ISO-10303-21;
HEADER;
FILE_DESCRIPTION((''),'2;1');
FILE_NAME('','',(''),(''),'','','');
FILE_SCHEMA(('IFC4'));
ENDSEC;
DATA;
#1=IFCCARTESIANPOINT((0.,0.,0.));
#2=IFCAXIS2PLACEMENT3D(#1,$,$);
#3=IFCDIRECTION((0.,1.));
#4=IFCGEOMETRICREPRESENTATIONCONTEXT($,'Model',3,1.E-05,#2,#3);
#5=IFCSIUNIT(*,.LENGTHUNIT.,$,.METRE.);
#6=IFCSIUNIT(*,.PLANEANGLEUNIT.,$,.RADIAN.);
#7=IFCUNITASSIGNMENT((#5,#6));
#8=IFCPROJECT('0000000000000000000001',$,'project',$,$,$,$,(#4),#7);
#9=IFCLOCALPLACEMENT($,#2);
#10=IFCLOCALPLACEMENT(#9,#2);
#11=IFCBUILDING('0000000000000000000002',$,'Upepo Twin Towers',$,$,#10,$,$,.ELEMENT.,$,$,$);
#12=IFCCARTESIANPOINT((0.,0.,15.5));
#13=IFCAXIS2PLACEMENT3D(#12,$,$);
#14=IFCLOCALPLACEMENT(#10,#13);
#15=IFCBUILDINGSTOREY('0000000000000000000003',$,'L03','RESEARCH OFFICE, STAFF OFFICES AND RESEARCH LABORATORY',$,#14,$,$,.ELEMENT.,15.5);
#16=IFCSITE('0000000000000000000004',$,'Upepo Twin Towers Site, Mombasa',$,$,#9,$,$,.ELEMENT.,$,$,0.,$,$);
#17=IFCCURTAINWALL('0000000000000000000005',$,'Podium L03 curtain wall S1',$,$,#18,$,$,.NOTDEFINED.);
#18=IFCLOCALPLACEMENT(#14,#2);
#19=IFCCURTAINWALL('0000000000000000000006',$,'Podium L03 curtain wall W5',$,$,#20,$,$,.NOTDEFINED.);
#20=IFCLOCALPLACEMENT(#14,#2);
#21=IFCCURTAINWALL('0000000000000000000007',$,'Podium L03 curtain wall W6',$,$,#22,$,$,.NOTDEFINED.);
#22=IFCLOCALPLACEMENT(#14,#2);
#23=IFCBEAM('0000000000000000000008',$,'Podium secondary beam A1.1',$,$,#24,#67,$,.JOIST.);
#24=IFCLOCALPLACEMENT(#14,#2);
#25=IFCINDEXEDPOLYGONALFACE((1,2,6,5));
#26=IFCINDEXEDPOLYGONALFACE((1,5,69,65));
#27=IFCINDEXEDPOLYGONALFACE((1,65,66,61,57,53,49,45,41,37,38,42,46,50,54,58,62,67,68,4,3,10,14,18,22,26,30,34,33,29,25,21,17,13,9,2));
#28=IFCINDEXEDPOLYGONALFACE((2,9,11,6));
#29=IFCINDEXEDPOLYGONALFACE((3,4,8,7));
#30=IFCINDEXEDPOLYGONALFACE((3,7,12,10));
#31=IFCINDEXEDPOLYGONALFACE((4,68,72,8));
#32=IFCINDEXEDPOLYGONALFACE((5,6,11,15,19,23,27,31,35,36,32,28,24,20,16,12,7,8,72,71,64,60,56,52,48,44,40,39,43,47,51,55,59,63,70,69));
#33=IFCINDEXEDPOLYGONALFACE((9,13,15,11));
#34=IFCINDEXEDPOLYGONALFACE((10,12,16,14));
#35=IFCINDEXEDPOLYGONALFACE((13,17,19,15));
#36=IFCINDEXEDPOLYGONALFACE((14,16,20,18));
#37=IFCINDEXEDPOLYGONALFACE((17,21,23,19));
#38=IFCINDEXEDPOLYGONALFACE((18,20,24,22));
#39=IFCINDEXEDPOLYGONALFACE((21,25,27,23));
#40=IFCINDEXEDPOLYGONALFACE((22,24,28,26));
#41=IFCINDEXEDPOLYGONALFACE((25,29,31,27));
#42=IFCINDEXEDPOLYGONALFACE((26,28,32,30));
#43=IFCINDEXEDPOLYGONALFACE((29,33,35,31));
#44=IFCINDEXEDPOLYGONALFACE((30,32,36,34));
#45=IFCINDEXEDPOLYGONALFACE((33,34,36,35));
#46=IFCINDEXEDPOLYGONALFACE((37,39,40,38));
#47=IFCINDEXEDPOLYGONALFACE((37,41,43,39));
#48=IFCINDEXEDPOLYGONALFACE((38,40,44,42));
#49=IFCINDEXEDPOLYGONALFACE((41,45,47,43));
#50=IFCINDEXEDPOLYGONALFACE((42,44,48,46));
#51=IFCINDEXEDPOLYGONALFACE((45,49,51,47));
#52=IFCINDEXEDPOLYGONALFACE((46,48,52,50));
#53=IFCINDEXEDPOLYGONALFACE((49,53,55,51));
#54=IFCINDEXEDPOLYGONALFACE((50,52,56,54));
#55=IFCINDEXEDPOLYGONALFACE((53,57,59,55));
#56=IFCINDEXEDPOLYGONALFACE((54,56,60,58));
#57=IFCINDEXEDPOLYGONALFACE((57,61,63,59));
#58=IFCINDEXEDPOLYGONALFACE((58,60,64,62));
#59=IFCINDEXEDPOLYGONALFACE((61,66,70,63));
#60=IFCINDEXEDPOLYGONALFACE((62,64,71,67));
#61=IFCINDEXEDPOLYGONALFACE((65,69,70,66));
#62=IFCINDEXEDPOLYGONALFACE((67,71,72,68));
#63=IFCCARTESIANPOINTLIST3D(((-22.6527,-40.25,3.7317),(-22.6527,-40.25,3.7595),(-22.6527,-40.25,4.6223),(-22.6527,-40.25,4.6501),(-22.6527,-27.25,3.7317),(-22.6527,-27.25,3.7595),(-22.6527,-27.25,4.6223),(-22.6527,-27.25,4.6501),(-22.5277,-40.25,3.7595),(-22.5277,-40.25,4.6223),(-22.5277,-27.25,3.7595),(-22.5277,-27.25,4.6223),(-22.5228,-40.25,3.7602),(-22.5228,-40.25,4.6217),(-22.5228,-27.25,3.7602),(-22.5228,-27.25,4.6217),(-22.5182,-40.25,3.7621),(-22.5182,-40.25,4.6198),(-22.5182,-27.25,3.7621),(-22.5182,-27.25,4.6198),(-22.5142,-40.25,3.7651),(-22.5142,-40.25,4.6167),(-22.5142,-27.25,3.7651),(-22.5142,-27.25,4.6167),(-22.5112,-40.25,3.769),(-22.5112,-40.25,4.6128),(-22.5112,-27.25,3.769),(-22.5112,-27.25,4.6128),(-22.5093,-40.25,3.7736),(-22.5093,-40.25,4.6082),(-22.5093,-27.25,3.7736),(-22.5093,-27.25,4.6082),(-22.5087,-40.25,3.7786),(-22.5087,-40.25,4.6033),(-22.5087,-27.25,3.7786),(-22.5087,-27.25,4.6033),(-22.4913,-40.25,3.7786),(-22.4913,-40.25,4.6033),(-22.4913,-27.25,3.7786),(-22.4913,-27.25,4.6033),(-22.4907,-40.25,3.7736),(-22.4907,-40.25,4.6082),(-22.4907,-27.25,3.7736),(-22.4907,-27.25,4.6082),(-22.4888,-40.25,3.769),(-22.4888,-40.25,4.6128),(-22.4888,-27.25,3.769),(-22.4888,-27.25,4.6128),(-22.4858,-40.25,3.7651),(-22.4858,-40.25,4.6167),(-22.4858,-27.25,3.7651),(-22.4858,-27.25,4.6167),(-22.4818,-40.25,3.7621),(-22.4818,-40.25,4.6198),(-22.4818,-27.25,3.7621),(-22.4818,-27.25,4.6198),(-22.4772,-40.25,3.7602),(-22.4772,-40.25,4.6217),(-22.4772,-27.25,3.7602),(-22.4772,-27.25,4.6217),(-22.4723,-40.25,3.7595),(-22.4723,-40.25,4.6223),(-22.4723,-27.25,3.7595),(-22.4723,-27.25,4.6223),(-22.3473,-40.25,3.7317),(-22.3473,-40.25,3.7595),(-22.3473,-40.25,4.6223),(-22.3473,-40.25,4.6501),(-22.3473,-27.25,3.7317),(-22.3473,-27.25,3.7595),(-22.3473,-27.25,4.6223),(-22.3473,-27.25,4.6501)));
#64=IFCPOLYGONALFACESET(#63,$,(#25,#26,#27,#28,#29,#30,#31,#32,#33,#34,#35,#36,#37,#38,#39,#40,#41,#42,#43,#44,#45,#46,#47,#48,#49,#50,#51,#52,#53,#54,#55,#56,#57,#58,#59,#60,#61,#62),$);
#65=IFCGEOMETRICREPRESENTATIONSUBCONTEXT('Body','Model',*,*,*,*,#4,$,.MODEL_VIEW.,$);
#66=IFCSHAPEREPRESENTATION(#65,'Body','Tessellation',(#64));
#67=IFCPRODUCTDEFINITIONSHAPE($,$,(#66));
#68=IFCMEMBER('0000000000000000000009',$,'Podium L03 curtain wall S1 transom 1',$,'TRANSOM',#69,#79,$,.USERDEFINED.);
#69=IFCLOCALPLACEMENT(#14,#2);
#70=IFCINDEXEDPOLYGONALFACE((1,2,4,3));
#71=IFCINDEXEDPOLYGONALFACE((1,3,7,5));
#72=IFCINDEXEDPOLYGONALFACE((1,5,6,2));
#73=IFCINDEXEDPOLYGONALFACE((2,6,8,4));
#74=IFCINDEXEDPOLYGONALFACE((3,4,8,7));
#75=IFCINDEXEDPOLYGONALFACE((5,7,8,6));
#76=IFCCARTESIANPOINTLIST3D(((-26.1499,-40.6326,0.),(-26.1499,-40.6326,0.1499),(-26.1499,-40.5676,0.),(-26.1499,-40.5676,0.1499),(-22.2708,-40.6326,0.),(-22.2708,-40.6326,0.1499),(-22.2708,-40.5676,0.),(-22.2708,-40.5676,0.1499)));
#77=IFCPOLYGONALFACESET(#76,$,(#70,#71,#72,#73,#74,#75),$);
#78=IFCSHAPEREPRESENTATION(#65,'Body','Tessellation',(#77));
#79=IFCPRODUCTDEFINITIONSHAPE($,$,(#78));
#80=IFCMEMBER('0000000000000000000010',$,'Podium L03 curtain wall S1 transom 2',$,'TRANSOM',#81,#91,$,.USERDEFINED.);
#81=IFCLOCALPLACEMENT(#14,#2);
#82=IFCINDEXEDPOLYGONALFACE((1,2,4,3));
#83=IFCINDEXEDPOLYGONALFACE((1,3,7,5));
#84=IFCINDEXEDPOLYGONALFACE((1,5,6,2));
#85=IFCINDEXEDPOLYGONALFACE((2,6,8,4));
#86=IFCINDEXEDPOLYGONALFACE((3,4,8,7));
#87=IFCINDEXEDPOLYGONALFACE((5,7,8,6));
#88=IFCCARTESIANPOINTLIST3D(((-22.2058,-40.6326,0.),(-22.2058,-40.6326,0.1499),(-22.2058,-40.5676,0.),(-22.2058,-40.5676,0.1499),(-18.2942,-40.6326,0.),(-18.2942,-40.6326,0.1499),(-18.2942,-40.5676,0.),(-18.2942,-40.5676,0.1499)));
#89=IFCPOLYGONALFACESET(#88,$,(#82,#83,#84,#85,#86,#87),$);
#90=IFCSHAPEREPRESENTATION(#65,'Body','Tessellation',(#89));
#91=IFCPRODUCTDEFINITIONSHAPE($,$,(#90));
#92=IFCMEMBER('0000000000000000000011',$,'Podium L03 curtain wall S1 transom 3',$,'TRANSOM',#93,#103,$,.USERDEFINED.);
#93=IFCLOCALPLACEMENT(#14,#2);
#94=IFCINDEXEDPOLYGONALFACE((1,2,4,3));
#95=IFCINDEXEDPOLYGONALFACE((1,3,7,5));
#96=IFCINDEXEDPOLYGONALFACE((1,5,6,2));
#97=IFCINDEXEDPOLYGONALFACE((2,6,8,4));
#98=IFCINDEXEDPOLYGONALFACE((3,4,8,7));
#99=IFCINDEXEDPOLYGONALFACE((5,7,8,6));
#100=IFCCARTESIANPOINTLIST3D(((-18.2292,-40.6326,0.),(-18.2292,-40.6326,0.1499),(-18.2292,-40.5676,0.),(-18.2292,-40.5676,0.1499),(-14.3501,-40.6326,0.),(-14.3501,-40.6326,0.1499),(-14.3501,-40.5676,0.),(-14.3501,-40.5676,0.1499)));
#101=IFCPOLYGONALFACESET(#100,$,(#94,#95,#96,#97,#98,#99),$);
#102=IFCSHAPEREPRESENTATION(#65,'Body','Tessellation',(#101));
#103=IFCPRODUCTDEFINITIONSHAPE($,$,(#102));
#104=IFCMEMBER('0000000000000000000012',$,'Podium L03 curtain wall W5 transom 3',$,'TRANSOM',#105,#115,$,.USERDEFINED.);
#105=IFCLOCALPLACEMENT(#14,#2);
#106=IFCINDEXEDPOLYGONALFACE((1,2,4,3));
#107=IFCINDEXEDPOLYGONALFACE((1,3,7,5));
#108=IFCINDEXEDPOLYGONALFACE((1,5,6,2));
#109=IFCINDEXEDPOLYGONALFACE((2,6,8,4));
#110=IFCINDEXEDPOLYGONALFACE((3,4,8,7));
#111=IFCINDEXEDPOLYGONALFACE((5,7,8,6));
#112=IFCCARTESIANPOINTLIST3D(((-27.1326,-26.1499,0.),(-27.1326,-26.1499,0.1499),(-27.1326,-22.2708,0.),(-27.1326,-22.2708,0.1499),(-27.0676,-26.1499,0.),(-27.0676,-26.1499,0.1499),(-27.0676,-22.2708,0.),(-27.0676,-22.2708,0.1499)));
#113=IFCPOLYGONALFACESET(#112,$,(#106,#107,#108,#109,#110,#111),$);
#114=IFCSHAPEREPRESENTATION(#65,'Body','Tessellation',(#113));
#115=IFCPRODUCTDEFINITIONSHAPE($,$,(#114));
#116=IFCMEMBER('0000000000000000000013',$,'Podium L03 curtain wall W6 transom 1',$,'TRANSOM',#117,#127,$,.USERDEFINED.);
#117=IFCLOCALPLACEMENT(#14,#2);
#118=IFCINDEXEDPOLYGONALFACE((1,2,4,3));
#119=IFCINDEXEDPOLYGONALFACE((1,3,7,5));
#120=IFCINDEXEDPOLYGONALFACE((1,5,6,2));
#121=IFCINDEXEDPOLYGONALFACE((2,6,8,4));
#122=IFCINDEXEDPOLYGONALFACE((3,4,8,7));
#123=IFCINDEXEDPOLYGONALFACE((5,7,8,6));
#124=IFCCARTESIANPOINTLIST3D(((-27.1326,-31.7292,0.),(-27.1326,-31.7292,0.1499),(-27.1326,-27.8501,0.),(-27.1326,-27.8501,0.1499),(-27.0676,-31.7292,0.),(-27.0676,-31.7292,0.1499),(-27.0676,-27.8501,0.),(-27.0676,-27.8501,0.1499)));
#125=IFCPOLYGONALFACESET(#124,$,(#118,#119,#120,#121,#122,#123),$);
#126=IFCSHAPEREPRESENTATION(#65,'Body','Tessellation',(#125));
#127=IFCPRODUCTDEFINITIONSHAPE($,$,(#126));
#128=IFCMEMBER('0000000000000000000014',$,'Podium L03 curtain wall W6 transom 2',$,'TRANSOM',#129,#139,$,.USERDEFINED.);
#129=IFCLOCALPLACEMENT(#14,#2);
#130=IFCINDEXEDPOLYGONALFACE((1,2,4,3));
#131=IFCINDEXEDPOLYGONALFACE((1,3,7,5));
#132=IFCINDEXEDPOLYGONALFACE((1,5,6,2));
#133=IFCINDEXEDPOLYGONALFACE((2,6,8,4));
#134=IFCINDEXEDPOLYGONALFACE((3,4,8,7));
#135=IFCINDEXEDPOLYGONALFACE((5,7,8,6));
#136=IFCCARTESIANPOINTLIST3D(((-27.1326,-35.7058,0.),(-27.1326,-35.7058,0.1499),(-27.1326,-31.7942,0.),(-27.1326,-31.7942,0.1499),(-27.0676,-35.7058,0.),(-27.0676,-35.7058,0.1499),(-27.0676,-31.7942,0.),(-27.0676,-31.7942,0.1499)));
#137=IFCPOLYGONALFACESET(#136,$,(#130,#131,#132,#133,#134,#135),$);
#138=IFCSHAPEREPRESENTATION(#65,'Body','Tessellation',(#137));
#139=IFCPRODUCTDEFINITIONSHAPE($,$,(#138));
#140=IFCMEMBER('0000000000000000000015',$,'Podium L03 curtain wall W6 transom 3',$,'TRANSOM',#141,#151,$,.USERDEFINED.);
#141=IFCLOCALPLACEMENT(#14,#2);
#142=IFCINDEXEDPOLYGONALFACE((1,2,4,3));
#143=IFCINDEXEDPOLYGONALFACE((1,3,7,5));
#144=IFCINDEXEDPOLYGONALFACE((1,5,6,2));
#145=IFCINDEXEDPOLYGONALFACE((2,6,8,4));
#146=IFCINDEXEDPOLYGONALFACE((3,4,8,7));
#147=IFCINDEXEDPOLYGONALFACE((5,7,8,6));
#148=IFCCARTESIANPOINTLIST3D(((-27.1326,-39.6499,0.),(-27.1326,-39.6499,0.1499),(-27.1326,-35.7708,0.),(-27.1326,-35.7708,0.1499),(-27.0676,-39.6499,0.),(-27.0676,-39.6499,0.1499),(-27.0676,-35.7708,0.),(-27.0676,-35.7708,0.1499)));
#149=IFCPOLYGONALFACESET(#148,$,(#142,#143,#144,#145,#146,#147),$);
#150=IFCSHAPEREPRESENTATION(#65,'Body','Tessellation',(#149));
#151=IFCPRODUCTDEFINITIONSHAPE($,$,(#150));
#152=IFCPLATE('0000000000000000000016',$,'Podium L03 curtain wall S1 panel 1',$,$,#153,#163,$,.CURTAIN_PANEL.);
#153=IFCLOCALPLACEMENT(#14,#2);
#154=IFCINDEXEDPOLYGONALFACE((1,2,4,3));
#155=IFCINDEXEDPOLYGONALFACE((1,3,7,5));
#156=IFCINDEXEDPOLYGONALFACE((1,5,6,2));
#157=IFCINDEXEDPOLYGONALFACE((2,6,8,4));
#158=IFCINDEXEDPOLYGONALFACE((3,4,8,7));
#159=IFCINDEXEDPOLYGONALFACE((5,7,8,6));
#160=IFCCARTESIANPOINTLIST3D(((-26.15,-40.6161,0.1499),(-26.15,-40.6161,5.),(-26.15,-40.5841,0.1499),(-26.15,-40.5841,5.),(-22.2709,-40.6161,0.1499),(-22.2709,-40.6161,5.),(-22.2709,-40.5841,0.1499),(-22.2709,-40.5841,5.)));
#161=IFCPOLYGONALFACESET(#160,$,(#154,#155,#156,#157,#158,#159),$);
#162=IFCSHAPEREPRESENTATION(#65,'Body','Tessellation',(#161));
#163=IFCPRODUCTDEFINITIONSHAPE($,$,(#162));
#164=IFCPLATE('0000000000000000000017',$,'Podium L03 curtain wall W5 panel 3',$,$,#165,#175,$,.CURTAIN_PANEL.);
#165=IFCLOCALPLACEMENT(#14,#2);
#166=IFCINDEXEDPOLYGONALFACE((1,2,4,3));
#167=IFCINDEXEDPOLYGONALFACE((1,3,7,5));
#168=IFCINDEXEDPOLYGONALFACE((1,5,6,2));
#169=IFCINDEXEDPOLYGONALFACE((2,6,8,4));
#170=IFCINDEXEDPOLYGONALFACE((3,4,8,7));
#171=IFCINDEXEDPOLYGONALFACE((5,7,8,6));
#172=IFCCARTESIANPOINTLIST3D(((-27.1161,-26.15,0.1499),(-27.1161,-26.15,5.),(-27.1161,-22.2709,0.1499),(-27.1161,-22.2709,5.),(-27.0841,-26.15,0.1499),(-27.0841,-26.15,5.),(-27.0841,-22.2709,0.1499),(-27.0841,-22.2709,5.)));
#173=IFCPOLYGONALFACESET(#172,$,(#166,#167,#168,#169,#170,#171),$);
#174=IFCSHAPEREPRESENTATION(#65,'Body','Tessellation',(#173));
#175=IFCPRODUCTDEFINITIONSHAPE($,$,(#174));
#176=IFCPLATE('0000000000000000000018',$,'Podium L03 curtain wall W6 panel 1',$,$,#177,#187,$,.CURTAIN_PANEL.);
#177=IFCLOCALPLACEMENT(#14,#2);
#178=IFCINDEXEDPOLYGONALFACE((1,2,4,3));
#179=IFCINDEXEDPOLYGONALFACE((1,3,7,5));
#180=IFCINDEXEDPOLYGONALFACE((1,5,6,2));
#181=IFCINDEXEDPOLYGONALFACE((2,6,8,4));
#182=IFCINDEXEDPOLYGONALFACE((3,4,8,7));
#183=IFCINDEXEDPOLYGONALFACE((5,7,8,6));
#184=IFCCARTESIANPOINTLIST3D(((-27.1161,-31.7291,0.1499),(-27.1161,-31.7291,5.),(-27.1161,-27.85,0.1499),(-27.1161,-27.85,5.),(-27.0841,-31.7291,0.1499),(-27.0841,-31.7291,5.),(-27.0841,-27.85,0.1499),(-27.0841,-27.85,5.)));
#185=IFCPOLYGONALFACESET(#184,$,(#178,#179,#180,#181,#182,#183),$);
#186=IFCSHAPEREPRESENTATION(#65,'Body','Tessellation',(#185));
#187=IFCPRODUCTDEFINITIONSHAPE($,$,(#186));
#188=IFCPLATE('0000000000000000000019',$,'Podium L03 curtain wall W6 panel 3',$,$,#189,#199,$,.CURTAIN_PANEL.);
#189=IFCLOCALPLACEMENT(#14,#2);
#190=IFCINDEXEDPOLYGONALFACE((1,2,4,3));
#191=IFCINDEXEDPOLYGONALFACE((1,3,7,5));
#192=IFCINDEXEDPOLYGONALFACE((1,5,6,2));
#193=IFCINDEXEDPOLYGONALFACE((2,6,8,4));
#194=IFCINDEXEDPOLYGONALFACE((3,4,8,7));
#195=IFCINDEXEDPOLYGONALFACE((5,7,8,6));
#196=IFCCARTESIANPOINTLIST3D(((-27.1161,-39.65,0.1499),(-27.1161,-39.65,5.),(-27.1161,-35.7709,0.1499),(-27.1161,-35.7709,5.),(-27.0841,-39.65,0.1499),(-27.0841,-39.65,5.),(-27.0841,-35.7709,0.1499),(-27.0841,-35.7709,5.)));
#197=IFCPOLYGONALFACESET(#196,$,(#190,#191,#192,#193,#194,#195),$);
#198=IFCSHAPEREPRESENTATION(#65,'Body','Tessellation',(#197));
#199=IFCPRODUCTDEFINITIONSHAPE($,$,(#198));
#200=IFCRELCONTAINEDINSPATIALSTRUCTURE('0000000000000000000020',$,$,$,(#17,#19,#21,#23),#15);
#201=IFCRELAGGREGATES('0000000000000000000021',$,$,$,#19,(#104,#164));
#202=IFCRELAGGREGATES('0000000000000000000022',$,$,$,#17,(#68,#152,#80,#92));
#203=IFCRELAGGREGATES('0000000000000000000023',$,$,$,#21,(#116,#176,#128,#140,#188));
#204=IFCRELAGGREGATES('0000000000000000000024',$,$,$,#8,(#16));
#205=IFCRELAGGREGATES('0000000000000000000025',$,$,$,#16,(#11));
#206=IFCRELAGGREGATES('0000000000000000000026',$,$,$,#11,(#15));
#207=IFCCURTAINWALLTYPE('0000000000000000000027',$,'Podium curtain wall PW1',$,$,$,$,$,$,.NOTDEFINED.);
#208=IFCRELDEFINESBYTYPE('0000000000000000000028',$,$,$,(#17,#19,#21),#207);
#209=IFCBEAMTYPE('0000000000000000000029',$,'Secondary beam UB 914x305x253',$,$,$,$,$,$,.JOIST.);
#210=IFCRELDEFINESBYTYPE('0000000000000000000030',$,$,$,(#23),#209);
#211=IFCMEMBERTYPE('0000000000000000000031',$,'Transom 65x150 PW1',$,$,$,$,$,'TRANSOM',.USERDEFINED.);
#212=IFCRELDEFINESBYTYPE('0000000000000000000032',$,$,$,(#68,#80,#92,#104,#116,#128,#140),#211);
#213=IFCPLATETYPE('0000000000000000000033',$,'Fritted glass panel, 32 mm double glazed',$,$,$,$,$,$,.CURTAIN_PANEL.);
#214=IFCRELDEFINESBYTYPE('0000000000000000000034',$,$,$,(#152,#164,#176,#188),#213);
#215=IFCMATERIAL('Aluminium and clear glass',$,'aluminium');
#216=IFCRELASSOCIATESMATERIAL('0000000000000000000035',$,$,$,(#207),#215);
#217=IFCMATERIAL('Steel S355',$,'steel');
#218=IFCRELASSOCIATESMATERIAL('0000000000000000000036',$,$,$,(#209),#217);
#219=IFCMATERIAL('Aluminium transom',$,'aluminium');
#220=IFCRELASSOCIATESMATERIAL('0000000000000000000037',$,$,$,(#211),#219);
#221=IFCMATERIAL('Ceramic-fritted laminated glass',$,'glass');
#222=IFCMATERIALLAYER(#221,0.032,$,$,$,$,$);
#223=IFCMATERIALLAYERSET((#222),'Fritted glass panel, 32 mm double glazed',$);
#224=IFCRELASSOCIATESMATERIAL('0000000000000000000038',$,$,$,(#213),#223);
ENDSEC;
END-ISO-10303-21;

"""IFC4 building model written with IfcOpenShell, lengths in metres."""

from ifc_helpers import new_model, si_unit, direction, frame, origin, origin_2d, place, context, subcontext, project, spatial, rectangle, i_section, extrude, material, layer, layer_set, material_profile, profile_set, type_object, element, aggregate, save


model = new_model("IFC4")

# Units and contexts
model_context = context("Model", 3, precision=1e-05, world=origin(), true_north=direction((0.0, 1.0)))
body_context = subcontext(model_context, "Body", "Model", "MODEL_VIEW")
ifc_project = project(units=[si_unit("LENGTHUNIT", "METRE"), si_unit("PLANEANGLEUNIT", "RADIAN")], contexts=[model_context])

# Site, building, storey
site_placement = place(None, origin())
site = spatial("IfcSite", under=ifc_project, at=site_placement, Name="Upepo Twin Towers Site, Mombasa", CompositionType="ELEMENT", RefElevation=0.0)
building_placement = place(site_placement, origin())
building = spatial("IfcBuilding", under=site, at=building_placement, Name="Upepo Twin Towers", CompositionType="ELEMENT")
storey_placement = place(building_placement, frame((0.0, 0.0, 15.5)))
storey = spatial("IfcBuildingStorey", under=building, at=storey_placement, Name="L03", Description="RESEARCH OFFICE, STAFF OFFICES AND RESEARCH LABORATORY", CompositionType="ELEMENT", Elevation=15.5)

# Curtain wall
ifc_material_1 = material(Name="Aluminium and clear glass", Category="aluminium")
curtain_wall_type = type_object("IfcCurtainWallType", Name="Podium curtain wall PW1", PredefinedType="NOTDEFINED", material=ifc_material_1)
curtain_wall_1_placement = place(storey_placement, origin())
curtain_wall_1 = element("IfcCurtainWall", 1, at=curtain_wall_1_placement, inside=storey, type_object=curtain_wall_type, Name="Podium L03 curtain wall S1", PredefinedType="NOTDEFINED")

# Curtain wall
curtain_wall_2_placement = place(storey_placement, origin())
curtain_wall_2 = element("IfcCurtainWall", 2, at=curtain_wall_2_placement, inside=storey, type_object=curtain_wall_type, Name="Podium L03 curtain wall W5", PredefinedType="NOTDEFINED")

# Curtain wall
curtain_wall_3_placement = place(storey_placement, origin())
curtain_wall_3 = element("IfcCurtainWall", 3, at=curtain_wall_3_placement, inside=storey, type_object=curtain_wall_type, Name="Podium L03 curtain wall W6", PredefinedType="NOTDEFINED")

# Beam
ifc_material_2 = material(Name="Steel S355", Category="steel")
ifc_material_profile_1 = material_profile(ifc_material_2, i_section(OverallWidth=0.3054, OverallDepth=0.9185, WebThickness=0.0173, FlangeThickness=0.0278, FilletRadius=0.019, at=origin_2d()), Name="UB 914x305x253")
ifc_profile_set_1 = profile_set([ifc_material_profile_1], Name="Steel S355")
beam_type_1 = type_object("IfcBeamType", Name="Secondary beam UB 914x305x253", PredefinedType="JOIST", material=ifc_profile_set_1)
beam_placement = place(storey_placement, frame((-22.5, -40.25, 4.1909), z_axis=(0.0, 1.0, 0.0), x_axis=(-1.0, 0.0, 0.0)))
element("IfcBeam", 4, at=beam_placement, inside=storey, type_object=beam_type_1, Name="Podium secondary beam A1.1", PredefinedType="JOIST", context=body_context, shape_type="SweptSolid", body=[
    extrude(i_section(OverallWidth=0.3054, OverallDepth=0.9185, WebThickness=0.0173, FlangeThickness=0.0278, FilletRadius=0.019, at=origin_2d()), origin(), (0.0, 0.0, 1.0), 13.0),
])

# Members
ifc_material_3 = material(Name="Aluminium transom", Category="aluminium")
ifc_material_profile_2 = material_profile(ifc_material_3, rectangle(XDim=0.0649, YDim=0.1499, at=origin_2d()), Name="TRANSOM 65x150 PODIUM")
ifc_profile_set_2 = profile_set([ifc_material_profile_2], Name="Aluminium transom")
member_type_1 = type_object("IfcMemberType", Name="Transom 65x150 PW1", ElementType="TRANSOM", PredefinedType="USERDEFINED", material=ifc_profile_set_2)
member_1_placement = place(storey_placement, frame((-26.1499, -40.6001, 0.075), z_axis=(1.0, 0.0, 0.0), x_axis=(0.0, 1.0, 0.0)))
member_1 = element("IfcMember", 5, at=member_1_placement, type_object=member_type_1, Name="Podium L03 curtain wall S1 transom 1", ObjectType="TRANSOM", PredefinedType="USERDEFINED", context=body_context, shape_type="SweptSolid", body=[
    extrude(rectangle(XDim=0.0649, YDim=0.1499, at=origin_2d()), origin(), (0.0, 0.0, 1.0), 3.8792),
])
member_2_placement = place(storey_placement, frame((-22.2058, -40.6001, 0.075), z_axis=(1.0, 0.0, 0.0), x_axis=(0.0, 1.0, 0.0)))
member_2 = element("IfcMember", 6, at=member_2_placement, type_object=member_type_1, Name="Podium L03 curtain wall S1 transom 2", ObjectType="TRANSOM", PredefinedType="USERDEFINED", context=body_context, shape_type="SweptSolid", body=[
    extrude(rectangle(XDim=0.0649, YDim=0.1499, at=origin_2d()), origin(), (0.0, 0.0, 1.0), 3.9116),
])
member_3_placement = place(storey_placement, frame((-18.2292, -40.6001, 0.075), z_axis=(1.0, 0.0, 0.0), x_axis=(0.0, 1.0, 0.0)))
member_3 = element("IfcMember", 7, at=member_3_placement, type_object=member_type_1, Name="Podium L03 curtain wall S1 transom 3", ObjectType="TRANSOM", PredefinedType="USERDEFINED", context=body_context, shape_type="SweptSolid", body=[
    extrude(rectangle(XDim=0.0649, YDim=0.1499, at=origin_2d()), origin(), (0.0, 0.0, 1.0), 3.8792),
])
member_4_placement = place(storey_placement, frame((-27.1001, -22.2708, 0.075), z_axis=(0.0, -1.0, 0.0), x_axis=(1.0, 0.0, 0.0)))
member_4 = element("IfcMember", 8, at=member_4_placement, type_object=member_type_1, Name="Podium L03 curtain wall W5 transom 3", ObjectType="TRANSOM", PredefinedType="USERDEFINED", context=body_context, shape_type="SweptSolid", body=[
    extrude(rectangle(XDim=0.0649, YDim=0.1499, at=origin_2d()), origin(), (0.0, 0.0, 1.0), 3.8792),
])
member_5_placement = place(storey_placement, frame((-27.1001, -27.8501, 0.075), z_axis=(0.0, -1.0, 0.0), x_axis=(1.0, 0.0, 0.0)))
member_5 = element("IfcMember", 9, at=member_5_placement, type_object=member_type_1, Name="Podium L03 curtain wall W6 transom 1", ObjectType="TRANSOM", PredefinedType="USERDEFINED", context=body_context, shape_type="SweptSolid", body=[
    extrude(rectangle(XDim=0.0649, YDim=0.1499, at=origin_2d()), origin(), (0.0, 0.0, 1.0), 3.8792),
])
member_6_placement = place(storey_placement, frame((-27.1001, -31.7942, 0.075), z_axis=(0.0, -1.0, 0.0), x_axis=(1.0, 0.0, 0.0)))
member_6 = element("IfcMember", 10, at=member_6_placement, type_object=member_type_1, Name="Podium L03 curtain wall W6 transom 2", ObjectType="TRANSOM", PredefinedType="USERDEFINED", context=body_context, shape_type="SweptSolid", body=[
    extrude(rectangle(XDim=0.0649, YDim=0.1499, at=origin_2d()), origin(), (0.0, 0.0, 1.0), 3.9116),
])
member_7_placement = place(storey_placement, frame((-27.1001, -35.7708, 0.075), z_axis=(0.0, -1.0, 0.0), x_axis=(1.0, 0.0, 0.0)))
member_7 = element("IfcMember", 11, at=member_7_placement, type_object=member_type_1, Name="Podium L03 curtain wall W6 transom 3", ObjectType="TRANSOM", PredefinedType="USERDEFINED", context=body_context, shape_type="SweptSolid", body=[
    extrude(rectangle(XDim=0.0649, YDim=0.1499, at=origin_2d()), origin(), (0.0, 0.0, 1.0), 3.8792),
])

# Plates
ifc_material_4 = material(Name="Ceramic-fritted laminated glass", Category="glass")
ifc_layer_1 = layer(ifc_material_4, 0.032)
ifc_layer_set_1 = layer_set([ifc_layer_1], Name="Fritted glass panel, 32 mm double glazed")
plate_type_1 = type_object("IfcPlateType", Name="Fritted glass panel, 32 mm double glazed", PredefinedType="CURTAIN_PANEL", material=ifc_layer_set_1)
plate_1_placement = place(storey_placement, frame((-24.2104, -40.6001, 0.1499), z_axis=(0.0, 0.0, 1.0), x_axis=(1.0, 0.0, 0.0)))
plate_1 = element("IfcPlate", 12, at=plate_1_placement, type_object=plate_type_1, Name="Podium L03 curtain wall S1 panel 1", PredefinedType="CURTAIN_PANEL", context=body_context, shape_type="SweptSolid", body=[
    extrude(rectangle(XDim=3.8792, YDim=0.032, at=origin_2d()), origin(), (0.0, 0.0, 1.0), 4.8501),
])
plate_2_placement = place(storey_placement, frame((-27.1001, -24.2104, 0.1499), z_axis=(0.0, 0.0, 1.0), x_axis=(0.0, -1.0, 0.0)))
plate_2 = element("IfcPlate", 13, at=plate_2_placement, type_object=plate_type_1, Name="Podium L03 curtain wall W5 panel 3", PredefinedType="CURTAIN_PANEL", context=body_context, shape_type="SweptSolid", body=[
    extrude(rectangle(XDim=3.8792, YDim=0.032, at=origin_2d()), origin(), (0.0, 0.0, 1.0), 4.8501),
])
aggregate(curtain_wall_2, [member_4, plate_2])
plate_3_placement = place(storey_placement, frame((-27.1001, -29.7896, 0.1499), z_axis=(0.0, 0.0, 1.0), x_axis=(0.0, -1.0, 0.0)))
plate_3 = element("IfcPlate", 14, at=plate_3_placement, type_object=plate_type_1, Name="Podium L03 curtain wall W6 panel 1", PredefinedType="CURTAIN_PANEL", context=body_context, shape_type="SweptSolid", body=[
    extrude(rectangle(XDim=3.8792, YDim=0.032, at=origin_2d()), origin(), (0.0, 0.0, 1.0), 4.8501),
])
plate_4_placement = place(storey_placement, frame((-27.1001, -37.7104, 0.1499), z_axis=(0.0, 0.0, 1.0), x_axis=(0.0, -1.0, 0.0)))
plate_4 = element("IfcPlate", 15, at=plate_4_placement, type_object=plate_type_1, Name="Podium L03 curtain wall W6 panel 3", PredefinedType="CURTAIN_PANEL", context=body_context, shape_type="SweptSolid", body=[
    extrude(rectangle(XDim=3.8792, YDim=0.032, at=origin_2d()), origin(), (0.0, 0.0, 1.0), 4.8501),
])
aggregate(curtain_wall_1, [member_1, plate_1, member_2, member_3])
aggregate(curtain_wall_3, [member_5, plate_3, member_6, member_7, plate_4])

save(model, "model.ifc")
